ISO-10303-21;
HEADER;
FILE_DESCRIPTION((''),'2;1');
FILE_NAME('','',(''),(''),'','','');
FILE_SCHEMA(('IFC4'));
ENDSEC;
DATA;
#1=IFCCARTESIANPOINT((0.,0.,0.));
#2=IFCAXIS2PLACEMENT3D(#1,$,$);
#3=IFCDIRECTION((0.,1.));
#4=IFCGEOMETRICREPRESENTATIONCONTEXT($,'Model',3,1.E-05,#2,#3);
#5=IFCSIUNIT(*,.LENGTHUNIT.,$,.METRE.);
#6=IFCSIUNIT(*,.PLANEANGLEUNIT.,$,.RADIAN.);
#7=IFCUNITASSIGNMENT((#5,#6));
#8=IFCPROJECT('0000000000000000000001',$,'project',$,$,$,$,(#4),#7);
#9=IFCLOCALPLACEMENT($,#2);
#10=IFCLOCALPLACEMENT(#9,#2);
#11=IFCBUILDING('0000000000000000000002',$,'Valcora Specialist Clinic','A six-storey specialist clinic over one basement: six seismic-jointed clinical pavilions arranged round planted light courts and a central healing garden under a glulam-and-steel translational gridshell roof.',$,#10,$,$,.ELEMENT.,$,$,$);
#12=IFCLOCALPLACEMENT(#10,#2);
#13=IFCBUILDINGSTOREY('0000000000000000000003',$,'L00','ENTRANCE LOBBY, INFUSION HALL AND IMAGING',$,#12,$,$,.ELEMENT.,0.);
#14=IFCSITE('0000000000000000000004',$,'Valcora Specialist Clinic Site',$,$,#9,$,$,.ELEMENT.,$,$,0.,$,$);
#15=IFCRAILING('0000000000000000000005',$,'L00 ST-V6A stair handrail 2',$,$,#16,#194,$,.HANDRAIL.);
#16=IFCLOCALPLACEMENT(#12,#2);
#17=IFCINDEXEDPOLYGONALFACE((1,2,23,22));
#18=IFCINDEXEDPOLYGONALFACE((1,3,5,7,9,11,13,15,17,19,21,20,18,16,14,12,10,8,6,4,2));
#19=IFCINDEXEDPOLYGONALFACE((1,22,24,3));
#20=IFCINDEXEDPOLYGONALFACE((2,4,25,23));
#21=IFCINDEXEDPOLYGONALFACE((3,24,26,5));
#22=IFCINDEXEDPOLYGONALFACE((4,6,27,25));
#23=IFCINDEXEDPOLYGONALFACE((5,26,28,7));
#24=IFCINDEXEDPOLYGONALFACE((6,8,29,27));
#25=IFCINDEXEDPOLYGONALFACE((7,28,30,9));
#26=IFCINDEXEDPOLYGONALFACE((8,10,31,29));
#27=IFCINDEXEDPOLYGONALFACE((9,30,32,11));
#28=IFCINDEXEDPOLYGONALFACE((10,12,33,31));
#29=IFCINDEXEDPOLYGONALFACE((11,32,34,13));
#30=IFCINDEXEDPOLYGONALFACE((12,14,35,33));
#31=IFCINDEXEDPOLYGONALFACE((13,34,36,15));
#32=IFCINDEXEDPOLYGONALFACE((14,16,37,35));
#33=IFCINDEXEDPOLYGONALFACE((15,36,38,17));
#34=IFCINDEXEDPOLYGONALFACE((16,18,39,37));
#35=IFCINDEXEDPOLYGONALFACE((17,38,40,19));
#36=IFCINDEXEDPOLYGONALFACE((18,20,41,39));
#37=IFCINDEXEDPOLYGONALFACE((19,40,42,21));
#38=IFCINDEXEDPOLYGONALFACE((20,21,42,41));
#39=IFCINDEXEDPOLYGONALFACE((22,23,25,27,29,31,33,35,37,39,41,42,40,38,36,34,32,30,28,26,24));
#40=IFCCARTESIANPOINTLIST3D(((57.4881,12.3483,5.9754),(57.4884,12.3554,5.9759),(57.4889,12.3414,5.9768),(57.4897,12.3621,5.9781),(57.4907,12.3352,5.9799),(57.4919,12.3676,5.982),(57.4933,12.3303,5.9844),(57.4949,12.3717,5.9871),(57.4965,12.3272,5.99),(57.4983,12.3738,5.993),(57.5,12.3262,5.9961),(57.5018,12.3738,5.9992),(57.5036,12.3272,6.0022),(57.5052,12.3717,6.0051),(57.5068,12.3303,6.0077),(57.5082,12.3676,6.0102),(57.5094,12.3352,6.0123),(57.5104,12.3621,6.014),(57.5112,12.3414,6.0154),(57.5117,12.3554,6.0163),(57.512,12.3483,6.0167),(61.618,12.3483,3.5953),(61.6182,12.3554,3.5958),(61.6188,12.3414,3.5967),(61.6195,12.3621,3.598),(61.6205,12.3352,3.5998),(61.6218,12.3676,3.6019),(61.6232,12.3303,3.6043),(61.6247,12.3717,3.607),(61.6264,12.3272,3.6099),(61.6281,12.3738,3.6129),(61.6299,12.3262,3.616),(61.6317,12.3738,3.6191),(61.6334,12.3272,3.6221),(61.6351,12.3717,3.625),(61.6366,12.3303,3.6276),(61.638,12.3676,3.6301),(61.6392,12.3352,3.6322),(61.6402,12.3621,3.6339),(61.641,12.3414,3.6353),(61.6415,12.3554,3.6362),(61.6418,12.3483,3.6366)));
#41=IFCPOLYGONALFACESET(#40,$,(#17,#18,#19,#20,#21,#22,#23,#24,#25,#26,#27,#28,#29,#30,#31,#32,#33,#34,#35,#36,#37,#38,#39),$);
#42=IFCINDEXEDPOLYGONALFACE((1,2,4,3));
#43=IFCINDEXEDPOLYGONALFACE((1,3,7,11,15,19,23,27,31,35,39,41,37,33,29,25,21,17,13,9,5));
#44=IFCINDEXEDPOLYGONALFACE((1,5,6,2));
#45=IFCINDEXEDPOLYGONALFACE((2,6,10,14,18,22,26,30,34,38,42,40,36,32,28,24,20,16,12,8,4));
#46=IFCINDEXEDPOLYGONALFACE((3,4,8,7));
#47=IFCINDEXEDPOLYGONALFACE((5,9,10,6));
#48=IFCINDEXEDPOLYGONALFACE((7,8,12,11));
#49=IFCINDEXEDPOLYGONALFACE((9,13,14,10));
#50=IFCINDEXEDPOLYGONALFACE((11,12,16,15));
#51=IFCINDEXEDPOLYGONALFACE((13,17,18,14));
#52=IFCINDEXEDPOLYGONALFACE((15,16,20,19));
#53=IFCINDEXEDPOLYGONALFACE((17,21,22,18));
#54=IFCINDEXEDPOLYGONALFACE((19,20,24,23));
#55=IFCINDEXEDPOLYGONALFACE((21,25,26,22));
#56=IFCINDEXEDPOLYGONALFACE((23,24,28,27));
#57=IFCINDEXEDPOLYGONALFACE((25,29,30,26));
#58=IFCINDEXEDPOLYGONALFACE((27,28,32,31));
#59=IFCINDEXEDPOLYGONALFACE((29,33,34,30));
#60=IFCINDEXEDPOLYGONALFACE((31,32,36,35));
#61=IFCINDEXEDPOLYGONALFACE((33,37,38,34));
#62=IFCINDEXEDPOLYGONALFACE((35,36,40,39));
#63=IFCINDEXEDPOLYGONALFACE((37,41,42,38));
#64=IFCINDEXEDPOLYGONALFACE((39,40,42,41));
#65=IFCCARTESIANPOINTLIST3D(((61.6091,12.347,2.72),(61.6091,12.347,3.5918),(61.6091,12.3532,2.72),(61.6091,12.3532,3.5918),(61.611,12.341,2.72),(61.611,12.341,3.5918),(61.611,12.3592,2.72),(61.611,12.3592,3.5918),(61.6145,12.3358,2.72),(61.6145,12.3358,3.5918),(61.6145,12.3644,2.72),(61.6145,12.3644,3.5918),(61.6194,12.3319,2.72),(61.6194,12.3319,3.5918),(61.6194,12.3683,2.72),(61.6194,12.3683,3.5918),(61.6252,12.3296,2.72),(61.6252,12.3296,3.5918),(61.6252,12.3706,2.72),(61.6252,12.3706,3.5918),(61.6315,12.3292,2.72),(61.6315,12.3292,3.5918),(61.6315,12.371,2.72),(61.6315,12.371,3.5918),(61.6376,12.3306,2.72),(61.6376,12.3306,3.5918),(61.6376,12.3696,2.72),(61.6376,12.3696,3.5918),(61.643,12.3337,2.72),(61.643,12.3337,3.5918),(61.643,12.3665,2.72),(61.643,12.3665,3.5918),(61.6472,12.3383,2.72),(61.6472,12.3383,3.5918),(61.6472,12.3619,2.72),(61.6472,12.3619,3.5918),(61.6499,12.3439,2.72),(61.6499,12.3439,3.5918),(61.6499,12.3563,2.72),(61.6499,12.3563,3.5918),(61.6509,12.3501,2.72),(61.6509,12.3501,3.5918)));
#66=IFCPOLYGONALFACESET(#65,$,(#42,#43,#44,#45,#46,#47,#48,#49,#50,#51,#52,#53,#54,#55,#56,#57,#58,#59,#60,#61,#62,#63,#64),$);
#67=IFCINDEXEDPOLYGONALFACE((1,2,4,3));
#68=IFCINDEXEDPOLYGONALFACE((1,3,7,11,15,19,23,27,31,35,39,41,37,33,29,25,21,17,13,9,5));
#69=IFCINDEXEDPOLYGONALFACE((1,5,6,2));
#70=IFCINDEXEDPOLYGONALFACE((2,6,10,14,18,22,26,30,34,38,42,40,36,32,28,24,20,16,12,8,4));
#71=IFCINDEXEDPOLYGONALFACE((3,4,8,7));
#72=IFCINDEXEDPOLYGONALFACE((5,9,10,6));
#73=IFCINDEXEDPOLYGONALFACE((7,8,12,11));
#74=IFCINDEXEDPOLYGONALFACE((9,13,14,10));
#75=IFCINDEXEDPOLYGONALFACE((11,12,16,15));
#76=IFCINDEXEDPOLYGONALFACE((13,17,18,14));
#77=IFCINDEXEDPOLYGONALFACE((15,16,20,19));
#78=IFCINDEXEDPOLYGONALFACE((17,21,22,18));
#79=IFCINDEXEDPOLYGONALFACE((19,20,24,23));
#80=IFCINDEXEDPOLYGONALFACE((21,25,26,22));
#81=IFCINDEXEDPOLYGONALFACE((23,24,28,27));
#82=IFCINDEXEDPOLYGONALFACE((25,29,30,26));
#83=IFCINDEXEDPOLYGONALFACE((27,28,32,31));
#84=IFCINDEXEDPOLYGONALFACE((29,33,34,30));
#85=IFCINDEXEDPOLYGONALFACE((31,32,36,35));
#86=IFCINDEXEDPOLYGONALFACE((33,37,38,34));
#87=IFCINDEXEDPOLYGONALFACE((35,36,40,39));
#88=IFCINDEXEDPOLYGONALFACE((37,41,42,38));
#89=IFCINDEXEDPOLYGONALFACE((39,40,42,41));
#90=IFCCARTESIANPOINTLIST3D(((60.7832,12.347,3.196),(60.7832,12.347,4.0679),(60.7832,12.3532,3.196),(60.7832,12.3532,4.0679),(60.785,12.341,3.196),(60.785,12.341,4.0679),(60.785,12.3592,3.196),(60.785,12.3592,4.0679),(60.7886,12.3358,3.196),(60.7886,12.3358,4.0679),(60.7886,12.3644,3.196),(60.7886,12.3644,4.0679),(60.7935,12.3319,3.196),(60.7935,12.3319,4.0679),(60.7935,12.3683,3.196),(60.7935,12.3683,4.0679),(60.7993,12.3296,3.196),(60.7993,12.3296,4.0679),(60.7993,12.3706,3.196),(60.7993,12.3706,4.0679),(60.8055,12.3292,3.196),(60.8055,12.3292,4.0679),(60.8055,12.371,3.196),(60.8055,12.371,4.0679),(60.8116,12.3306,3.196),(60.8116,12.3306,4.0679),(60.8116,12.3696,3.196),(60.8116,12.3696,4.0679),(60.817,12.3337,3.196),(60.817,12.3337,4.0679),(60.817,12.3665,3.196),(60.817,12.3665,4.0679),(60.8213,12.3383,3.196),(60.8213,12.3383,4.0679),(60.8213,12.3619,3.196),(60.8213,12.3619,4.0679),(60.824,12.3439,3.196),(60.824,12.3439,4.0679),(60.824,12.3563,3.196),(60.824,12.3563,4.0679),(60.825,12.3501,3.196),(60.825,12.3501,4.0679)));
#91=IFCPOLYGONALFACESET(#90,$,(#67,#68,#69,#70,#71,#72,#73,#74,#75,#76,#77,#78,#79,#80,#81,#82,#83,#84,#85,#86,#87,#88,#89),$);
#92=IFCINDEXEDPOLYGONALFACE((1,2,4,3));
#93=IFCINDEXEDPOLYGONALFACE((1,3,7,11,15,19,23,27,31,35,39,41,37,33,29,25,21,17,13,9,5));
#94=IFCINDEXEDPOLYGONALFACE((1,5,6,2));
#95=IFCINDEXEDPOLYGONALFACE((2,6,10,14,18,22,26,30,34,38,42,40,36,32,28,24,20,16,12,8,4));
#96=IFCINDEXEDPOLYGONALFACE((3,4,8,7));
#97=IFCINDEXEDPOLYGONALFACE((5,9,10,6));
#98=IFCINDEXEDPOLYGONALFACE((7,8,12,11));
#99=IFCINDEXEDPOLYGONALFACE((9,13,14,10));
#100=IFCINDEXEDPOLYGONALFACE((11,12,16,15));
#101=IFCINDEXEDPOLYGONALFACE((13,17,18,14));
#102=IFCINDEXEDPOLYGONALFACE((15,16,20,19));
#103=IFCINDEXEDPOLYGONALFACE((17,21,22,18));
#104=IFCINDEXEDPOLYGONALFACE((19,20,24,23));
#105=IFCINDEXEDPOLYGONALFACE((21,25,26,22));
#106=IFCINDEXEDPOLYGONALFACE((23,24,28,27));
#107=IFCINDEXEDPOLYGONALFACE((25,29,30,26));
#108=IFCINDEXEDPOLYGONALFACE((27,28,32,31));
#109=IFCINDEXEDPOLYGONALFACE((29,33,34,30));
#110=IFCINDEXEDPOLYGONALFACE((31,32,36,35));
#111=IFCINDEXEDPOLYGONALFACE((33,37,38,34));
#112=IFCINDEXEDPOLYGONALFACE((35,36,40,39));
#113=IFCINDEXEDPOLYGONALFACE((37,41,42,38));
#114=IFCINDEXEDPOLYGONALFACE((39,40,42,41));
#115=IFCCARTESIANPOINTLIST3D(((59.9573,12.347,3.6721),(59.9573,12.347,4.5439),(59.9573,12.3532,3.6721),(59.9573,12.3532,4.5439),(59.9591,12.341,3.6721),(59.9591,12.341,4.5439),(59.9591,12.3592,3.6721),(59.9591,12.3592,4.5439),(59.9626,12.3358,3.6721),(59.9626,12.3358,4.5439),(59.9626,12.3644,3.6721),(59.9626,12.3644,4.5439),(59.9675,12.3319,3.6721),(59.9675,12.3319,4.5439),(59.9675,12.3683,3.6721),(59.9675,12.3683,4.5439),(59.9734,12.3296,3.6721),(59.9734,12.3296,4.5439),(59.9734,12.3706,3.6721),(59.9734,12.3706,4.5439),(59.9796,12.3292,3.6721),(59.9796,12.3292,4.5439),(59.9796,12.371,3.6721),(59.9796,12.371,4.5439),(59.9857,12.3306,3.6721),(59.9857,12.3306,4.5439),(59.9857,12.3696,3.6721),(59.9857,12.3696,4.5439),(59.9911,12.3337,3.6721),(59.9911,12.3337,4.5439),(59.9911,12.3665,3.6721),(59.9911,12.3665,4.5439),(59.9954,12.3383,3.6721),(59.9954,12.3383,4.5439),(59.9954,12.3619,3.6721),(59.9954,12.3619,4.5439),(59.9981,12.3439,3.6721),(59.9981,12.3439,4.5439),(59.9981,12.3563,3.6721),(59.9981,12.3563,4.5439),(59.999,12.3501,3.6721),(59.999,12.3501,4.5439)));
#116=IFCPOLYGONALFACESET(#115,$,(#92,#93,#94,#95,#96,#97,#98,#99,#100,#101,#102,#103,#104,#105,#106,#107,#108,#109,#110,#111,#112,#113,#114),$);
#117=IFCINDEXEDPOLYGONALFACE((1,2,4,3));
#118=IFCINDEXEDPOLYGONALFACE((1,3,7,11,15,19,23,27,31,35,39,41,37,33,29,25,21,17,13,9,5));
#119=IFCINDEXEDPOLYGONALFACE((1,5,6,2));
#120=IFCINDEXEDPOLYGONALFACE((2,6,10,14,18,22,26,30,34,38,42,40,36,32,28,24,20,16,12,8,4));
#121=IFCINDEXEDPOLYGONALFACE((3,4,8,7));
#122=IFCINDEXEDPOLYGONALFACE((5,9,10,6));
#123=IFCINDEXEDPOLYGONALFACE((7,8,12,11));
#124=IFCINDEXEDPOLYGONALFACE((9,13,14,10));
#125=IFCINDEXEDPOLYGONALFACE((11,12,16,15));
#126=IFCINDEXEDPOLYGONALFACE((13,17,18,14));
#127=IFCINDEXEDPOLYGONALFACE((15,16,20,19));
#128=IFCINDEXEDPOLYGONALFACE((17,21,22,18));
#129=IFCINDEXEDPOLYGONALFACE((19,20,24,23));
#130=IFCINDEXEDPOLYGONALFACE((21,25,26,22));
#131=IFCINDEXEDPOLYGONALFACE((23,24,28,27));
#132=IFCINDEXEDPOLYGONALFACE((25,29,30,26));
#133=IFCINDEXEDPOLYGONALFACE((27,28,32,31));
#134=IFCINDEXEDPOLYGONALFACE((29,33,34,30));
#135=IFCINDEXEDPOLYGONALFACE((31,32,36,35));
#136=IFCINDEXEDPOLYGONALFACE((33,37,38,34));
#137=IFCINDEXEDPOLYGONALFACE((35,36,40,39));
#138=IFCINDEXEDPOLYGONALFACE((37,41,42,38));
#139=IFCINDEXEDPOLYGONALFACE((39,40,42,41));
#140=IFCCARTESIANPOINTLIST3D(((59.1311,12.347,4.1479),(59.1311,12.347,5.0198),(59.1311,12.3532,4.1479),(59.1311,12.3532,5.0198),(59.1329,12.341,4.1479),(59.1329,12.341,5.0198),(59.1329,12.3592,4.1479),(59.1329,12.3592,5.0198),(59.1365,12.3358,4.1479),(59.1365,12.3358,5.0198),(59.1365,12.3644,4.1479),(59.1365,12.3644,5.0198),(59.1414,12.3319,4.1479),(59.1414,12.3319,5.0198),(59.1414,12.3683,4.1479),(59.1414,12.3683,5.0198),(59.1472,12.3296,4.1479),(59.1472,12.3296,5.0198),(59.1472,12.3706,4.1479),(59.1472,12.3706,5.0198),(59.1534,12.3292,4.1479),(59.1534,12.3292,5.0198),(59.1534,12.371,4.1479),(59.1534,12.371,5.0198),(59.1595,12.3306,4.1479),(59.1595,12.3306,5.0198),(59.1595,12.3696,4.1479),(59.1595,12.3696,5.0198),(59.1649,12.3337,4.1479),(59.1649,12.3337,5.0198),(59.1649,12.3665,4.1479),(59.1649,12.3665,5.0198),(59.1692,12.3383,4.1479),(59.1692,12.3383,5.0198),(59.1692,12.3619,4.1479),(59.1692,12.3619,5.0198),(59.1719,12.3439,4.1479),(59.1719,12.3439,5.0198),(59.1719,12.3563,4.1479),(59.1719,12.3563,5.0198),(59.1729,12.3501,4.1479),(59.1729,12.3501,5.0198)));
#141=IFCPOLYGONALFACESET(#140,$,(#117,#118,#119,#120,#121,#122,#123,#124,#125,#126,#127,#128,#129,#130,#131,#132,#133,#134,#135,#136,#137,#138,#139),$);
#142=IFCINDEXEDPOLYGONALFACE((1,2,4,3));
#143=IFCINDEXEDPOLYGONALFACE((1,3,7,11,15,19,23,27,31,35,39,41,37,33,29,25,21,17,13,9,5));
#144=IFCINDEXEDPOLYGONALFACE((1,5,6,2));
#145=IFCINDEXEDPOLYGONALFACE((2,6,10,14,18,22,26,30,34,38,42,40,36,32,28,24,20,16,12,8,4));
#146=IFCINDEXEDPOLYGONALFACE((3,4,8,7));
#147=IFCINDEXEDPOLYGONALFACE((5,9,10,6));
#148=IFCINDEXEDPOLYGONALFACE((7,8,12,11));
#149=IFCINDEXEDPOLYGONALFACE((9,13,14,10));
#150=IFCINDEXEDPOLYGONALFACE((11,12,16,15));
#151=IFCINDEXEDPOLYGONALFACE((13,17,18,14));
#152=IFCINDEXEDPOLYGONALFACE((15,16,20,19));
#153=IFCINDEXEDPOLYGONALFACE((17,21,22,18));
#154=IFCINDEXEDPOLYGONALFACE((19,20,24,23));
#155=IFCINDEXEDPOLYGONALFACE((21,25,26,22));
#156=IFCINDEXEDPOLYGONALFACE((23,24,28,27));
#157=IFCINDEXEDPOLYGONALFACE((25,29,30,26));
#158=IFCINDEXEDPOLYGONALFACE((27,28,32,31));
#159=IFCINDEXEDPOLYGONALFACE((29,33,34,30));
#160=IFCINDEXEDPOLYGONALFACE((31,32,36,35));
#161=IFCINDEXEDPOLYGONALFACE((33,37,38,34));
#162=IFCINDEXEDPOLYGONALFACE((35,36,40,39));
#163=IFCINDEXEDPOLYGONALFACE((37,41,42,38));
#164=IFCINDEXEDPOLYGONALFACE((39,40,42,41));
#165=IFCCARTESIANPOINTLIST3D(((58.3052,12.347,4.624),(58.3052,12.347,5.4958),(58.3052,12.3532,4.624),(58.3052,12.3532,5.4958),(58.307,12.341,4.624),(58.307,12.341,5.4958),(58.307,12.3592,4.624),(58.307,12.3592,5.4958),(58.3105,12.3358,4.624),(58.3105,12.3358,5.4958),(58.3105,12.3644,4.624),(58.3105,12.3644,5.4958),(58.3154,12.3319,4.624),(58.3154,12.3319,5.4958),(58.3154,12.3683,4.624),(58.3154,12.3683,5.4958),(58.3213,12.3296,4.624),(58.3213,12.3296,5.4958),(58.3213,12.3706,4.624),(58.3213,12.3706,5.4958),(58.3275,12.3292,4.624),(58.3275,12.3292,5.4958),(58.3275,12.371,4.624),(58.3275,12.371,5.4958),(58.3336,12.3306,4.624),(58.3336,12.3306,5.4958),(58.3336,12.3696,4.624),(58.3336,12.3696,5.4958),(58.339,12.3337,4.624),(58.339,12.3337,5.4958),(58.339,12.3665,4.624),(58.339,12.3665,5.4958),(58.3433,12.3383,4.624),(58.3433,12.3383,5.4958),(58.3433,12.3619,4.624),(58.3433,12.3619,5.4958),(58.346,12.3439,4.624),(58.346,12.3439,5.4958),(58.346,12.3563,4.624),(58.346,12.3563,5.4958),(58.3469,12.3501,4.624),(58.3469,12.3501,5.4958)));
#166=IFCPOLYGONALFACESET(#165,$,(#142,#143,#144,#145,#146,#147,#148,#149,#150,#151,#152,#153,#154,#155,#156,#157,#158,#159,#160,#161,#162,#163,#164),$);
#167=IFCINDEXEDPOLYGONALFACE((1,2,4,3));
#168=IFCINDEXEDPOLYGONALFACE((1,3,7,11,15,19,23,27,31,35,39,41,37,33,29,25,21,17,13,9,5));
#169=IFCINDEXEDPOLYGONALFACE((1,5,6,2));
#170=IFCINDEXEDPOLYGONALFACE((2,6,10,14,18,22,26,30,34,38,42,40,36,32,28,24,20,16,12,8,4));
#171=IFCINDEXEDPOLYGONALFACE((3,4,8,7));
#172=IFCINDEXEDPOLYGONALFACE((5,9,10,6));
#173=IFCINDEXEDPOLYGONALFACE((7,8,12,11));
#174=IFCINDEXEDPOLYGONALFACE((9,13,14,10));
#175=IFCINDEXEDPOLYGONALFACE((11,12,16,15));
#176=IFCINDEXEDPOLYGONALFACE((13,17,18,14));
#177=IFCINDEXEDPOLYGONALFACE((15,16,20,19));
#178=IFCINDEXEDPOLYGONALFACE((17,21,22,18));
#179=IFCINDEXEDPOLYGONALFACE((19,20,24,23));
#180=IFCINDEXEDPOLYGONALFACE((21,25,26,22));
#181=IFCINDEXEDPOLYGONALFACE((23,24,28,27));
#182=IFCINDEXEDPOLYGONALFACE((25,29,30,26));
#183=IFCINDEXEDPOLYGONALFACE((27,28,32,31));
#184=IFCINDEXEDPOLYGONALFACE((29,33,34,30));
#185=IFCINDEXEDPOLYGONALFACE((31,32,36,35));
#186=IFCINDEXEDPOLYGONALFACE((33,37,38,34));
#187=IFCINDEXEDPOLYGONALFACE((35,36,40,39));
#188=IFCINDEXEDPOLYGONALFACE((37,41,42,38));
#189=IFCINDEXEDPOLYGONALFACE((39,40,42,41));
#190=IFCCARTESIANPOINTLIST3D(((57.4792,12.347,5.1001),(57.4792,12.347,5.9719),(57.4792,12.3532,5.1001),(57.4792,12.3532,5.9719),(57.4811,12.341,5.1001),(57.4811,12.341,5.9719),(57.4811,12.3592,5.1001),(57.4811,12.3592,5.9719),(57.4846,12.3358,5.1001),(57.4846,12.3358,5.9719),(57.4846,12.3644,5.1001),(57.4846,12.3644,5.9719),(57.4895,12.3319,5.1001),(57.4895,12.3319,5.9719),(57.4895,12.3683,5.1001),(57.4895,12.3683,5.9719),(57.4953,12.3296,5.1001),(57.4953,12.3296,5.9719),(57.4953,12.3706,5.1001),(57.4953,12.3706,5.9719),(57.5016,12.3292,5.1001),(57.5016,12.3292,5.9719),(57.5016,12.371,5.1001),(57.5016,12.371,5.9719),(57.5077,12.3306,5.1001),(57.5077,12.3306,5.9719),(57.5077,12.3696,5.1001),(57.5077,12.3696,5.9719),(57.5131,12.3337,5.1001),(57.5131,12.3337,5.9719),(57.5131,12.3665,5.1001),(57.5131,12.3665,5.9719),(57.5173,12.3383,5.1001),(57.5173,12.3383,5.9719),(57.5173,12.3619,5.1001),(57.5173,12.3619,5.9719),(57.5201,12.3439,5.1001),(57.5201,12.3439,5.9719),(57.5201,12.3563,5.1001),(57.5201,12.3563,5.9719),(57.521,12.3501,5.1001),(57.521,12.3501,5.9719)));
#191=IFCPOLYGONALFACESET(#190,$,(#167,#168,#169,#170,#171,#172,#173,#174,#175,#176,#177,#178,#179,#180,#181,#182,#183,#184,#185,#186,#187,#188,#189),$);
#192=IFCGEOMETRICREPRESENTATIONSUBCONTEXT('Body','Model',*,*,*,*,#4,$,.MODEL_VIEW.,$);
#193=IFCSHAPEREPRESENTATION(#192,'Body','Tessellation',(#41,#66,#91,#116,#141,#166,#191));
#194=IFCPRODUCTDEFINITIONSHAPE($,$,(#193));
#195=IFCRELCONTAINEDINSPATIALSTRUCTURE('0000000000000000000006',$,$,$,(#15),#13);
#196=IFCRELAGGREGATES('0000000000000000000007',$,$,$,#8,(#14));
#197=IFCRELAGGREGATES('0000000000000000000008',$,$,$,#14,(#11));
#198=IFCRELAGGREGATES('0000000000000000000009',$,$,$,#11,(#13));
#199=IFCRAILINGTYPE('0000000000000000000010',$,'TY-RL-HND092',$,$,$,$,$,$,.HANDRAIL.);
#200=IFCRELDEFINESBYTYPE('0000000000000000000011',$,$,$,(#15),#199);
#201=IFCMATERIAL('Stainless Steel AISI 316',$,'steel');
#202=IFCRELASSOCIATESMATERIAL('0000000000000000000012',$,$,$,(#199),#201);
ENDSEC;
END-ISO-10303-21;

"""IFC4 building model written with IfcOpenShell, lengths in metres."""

from ifc_helpers import new_model, si_unit, direction, frame, origin, origin_2d, place, context, subcontext, project, spatial, circle, extrude, material, type_object, element, save


model = new_model("IFC4")

# Units and contexts
model_context = context("Model", 3, precision=1e-05, world=origin(), true_north=direction((0.0, 1.0)))
body_context = subcontext(model_context, "Body", "Model", "MODEL_VIEW")
ifc_project = project(units=[si_unit("LENGTHUNIT", "METRE"), si_unit("PLANEANGLEUNIT", "RADIAN")], contexts=[model_context])

# Site, building, storey
site_placement = place(None, origin())
site = spatial("IfcSite", under=ifc_project, at=site_placement, Name="Valcora Specialist Clinic Site", CompositionType="ELEMENT", RefElevation=0.0)
building_placement = place(site_placement, origin())
building = spatial("IfcBuilding", under=site, at=building_placement, Name="Valcora Specialist Clinic", Description="A six-storey specialist clinic over one basement: six seismic-jointed clinical pavilions arranged round planted light courts and a central healing garden under a glulam-and-steel translational gridshell roof.", CompositionType="ELEMENT")
storey_placement = place(building_placement, origin())
storey = spatial("IfcBuildingStorey", under=building, at=storey_placement, Name="L00", Description="ENTRANCE LOBBY, INFUSION HALL AND IMAGING", CompositionType="ELEMENT", Elevation=0.0)

# Railing
ifc_material_1 = material(Name="Stainless Steel AISI 316", Category="steel")
railing_type_1 = type_object("IfcRailingType", Name="TY-RL-HND092", PredefinedType="HANDRAIL", material=ifc_material_1)
railing_1_placement = place(storey_placement, frame((61.6299, 12.3501, 2.72)))
element("IfcRailing", 1, at=railing_1_placement, inside=storey, type_object=railing_type_1, Name="L00 ST-V6A stair handrail 2", PredefinedType="HANDRAIL", context=body_context, shape_type="SweptSolid", body=[
    extrude(circle(Radius=0.0239, at=origin_2d()), frame((0.0, 0.0, 0.896), z_axis=(-0.866412, 0.0, 0.499329), x_axis=(0.0, -1.0, 0.0)), (0.0, 0.0, 1.0), 4.7666),
    extrude(circle(Radius=0.021, at=origin_2d()), origin(), (0.0, 0.0, 1.0), 0.8718),
    extrude(circle(Radius=0.021, at=origin_2d()), frame((-0.8259, 0.0, 0.4761)), (0.0, 0.0, 1.0), 0.8718),
    extrude(circle(Radius=0.021, at=origin_2d()), frame((-1.6519, 0.0, 0.9521)), (0.0, 0.0, 1.0), 0.8718),
    extrude(circle(Radius=0.021, at=origin_2d()), frame((-2.478, 0.0, 1.428)), (0.0, 0.0, 1.0), 0.8718),
    extrude(circle(Radius=0.021, at=origin_2d()), frame((-3.304, 0.0, 1.9041)), (0.0, 0.0, 1.0), 0.8718),
    extrude(circle(Radius=0.021, at=origin_2d()), frame((-4.1299, 0.0, 2.3801)), (0.0, 0.0, 1.0), 0.8718),
])

save(model, "model.ifc")
